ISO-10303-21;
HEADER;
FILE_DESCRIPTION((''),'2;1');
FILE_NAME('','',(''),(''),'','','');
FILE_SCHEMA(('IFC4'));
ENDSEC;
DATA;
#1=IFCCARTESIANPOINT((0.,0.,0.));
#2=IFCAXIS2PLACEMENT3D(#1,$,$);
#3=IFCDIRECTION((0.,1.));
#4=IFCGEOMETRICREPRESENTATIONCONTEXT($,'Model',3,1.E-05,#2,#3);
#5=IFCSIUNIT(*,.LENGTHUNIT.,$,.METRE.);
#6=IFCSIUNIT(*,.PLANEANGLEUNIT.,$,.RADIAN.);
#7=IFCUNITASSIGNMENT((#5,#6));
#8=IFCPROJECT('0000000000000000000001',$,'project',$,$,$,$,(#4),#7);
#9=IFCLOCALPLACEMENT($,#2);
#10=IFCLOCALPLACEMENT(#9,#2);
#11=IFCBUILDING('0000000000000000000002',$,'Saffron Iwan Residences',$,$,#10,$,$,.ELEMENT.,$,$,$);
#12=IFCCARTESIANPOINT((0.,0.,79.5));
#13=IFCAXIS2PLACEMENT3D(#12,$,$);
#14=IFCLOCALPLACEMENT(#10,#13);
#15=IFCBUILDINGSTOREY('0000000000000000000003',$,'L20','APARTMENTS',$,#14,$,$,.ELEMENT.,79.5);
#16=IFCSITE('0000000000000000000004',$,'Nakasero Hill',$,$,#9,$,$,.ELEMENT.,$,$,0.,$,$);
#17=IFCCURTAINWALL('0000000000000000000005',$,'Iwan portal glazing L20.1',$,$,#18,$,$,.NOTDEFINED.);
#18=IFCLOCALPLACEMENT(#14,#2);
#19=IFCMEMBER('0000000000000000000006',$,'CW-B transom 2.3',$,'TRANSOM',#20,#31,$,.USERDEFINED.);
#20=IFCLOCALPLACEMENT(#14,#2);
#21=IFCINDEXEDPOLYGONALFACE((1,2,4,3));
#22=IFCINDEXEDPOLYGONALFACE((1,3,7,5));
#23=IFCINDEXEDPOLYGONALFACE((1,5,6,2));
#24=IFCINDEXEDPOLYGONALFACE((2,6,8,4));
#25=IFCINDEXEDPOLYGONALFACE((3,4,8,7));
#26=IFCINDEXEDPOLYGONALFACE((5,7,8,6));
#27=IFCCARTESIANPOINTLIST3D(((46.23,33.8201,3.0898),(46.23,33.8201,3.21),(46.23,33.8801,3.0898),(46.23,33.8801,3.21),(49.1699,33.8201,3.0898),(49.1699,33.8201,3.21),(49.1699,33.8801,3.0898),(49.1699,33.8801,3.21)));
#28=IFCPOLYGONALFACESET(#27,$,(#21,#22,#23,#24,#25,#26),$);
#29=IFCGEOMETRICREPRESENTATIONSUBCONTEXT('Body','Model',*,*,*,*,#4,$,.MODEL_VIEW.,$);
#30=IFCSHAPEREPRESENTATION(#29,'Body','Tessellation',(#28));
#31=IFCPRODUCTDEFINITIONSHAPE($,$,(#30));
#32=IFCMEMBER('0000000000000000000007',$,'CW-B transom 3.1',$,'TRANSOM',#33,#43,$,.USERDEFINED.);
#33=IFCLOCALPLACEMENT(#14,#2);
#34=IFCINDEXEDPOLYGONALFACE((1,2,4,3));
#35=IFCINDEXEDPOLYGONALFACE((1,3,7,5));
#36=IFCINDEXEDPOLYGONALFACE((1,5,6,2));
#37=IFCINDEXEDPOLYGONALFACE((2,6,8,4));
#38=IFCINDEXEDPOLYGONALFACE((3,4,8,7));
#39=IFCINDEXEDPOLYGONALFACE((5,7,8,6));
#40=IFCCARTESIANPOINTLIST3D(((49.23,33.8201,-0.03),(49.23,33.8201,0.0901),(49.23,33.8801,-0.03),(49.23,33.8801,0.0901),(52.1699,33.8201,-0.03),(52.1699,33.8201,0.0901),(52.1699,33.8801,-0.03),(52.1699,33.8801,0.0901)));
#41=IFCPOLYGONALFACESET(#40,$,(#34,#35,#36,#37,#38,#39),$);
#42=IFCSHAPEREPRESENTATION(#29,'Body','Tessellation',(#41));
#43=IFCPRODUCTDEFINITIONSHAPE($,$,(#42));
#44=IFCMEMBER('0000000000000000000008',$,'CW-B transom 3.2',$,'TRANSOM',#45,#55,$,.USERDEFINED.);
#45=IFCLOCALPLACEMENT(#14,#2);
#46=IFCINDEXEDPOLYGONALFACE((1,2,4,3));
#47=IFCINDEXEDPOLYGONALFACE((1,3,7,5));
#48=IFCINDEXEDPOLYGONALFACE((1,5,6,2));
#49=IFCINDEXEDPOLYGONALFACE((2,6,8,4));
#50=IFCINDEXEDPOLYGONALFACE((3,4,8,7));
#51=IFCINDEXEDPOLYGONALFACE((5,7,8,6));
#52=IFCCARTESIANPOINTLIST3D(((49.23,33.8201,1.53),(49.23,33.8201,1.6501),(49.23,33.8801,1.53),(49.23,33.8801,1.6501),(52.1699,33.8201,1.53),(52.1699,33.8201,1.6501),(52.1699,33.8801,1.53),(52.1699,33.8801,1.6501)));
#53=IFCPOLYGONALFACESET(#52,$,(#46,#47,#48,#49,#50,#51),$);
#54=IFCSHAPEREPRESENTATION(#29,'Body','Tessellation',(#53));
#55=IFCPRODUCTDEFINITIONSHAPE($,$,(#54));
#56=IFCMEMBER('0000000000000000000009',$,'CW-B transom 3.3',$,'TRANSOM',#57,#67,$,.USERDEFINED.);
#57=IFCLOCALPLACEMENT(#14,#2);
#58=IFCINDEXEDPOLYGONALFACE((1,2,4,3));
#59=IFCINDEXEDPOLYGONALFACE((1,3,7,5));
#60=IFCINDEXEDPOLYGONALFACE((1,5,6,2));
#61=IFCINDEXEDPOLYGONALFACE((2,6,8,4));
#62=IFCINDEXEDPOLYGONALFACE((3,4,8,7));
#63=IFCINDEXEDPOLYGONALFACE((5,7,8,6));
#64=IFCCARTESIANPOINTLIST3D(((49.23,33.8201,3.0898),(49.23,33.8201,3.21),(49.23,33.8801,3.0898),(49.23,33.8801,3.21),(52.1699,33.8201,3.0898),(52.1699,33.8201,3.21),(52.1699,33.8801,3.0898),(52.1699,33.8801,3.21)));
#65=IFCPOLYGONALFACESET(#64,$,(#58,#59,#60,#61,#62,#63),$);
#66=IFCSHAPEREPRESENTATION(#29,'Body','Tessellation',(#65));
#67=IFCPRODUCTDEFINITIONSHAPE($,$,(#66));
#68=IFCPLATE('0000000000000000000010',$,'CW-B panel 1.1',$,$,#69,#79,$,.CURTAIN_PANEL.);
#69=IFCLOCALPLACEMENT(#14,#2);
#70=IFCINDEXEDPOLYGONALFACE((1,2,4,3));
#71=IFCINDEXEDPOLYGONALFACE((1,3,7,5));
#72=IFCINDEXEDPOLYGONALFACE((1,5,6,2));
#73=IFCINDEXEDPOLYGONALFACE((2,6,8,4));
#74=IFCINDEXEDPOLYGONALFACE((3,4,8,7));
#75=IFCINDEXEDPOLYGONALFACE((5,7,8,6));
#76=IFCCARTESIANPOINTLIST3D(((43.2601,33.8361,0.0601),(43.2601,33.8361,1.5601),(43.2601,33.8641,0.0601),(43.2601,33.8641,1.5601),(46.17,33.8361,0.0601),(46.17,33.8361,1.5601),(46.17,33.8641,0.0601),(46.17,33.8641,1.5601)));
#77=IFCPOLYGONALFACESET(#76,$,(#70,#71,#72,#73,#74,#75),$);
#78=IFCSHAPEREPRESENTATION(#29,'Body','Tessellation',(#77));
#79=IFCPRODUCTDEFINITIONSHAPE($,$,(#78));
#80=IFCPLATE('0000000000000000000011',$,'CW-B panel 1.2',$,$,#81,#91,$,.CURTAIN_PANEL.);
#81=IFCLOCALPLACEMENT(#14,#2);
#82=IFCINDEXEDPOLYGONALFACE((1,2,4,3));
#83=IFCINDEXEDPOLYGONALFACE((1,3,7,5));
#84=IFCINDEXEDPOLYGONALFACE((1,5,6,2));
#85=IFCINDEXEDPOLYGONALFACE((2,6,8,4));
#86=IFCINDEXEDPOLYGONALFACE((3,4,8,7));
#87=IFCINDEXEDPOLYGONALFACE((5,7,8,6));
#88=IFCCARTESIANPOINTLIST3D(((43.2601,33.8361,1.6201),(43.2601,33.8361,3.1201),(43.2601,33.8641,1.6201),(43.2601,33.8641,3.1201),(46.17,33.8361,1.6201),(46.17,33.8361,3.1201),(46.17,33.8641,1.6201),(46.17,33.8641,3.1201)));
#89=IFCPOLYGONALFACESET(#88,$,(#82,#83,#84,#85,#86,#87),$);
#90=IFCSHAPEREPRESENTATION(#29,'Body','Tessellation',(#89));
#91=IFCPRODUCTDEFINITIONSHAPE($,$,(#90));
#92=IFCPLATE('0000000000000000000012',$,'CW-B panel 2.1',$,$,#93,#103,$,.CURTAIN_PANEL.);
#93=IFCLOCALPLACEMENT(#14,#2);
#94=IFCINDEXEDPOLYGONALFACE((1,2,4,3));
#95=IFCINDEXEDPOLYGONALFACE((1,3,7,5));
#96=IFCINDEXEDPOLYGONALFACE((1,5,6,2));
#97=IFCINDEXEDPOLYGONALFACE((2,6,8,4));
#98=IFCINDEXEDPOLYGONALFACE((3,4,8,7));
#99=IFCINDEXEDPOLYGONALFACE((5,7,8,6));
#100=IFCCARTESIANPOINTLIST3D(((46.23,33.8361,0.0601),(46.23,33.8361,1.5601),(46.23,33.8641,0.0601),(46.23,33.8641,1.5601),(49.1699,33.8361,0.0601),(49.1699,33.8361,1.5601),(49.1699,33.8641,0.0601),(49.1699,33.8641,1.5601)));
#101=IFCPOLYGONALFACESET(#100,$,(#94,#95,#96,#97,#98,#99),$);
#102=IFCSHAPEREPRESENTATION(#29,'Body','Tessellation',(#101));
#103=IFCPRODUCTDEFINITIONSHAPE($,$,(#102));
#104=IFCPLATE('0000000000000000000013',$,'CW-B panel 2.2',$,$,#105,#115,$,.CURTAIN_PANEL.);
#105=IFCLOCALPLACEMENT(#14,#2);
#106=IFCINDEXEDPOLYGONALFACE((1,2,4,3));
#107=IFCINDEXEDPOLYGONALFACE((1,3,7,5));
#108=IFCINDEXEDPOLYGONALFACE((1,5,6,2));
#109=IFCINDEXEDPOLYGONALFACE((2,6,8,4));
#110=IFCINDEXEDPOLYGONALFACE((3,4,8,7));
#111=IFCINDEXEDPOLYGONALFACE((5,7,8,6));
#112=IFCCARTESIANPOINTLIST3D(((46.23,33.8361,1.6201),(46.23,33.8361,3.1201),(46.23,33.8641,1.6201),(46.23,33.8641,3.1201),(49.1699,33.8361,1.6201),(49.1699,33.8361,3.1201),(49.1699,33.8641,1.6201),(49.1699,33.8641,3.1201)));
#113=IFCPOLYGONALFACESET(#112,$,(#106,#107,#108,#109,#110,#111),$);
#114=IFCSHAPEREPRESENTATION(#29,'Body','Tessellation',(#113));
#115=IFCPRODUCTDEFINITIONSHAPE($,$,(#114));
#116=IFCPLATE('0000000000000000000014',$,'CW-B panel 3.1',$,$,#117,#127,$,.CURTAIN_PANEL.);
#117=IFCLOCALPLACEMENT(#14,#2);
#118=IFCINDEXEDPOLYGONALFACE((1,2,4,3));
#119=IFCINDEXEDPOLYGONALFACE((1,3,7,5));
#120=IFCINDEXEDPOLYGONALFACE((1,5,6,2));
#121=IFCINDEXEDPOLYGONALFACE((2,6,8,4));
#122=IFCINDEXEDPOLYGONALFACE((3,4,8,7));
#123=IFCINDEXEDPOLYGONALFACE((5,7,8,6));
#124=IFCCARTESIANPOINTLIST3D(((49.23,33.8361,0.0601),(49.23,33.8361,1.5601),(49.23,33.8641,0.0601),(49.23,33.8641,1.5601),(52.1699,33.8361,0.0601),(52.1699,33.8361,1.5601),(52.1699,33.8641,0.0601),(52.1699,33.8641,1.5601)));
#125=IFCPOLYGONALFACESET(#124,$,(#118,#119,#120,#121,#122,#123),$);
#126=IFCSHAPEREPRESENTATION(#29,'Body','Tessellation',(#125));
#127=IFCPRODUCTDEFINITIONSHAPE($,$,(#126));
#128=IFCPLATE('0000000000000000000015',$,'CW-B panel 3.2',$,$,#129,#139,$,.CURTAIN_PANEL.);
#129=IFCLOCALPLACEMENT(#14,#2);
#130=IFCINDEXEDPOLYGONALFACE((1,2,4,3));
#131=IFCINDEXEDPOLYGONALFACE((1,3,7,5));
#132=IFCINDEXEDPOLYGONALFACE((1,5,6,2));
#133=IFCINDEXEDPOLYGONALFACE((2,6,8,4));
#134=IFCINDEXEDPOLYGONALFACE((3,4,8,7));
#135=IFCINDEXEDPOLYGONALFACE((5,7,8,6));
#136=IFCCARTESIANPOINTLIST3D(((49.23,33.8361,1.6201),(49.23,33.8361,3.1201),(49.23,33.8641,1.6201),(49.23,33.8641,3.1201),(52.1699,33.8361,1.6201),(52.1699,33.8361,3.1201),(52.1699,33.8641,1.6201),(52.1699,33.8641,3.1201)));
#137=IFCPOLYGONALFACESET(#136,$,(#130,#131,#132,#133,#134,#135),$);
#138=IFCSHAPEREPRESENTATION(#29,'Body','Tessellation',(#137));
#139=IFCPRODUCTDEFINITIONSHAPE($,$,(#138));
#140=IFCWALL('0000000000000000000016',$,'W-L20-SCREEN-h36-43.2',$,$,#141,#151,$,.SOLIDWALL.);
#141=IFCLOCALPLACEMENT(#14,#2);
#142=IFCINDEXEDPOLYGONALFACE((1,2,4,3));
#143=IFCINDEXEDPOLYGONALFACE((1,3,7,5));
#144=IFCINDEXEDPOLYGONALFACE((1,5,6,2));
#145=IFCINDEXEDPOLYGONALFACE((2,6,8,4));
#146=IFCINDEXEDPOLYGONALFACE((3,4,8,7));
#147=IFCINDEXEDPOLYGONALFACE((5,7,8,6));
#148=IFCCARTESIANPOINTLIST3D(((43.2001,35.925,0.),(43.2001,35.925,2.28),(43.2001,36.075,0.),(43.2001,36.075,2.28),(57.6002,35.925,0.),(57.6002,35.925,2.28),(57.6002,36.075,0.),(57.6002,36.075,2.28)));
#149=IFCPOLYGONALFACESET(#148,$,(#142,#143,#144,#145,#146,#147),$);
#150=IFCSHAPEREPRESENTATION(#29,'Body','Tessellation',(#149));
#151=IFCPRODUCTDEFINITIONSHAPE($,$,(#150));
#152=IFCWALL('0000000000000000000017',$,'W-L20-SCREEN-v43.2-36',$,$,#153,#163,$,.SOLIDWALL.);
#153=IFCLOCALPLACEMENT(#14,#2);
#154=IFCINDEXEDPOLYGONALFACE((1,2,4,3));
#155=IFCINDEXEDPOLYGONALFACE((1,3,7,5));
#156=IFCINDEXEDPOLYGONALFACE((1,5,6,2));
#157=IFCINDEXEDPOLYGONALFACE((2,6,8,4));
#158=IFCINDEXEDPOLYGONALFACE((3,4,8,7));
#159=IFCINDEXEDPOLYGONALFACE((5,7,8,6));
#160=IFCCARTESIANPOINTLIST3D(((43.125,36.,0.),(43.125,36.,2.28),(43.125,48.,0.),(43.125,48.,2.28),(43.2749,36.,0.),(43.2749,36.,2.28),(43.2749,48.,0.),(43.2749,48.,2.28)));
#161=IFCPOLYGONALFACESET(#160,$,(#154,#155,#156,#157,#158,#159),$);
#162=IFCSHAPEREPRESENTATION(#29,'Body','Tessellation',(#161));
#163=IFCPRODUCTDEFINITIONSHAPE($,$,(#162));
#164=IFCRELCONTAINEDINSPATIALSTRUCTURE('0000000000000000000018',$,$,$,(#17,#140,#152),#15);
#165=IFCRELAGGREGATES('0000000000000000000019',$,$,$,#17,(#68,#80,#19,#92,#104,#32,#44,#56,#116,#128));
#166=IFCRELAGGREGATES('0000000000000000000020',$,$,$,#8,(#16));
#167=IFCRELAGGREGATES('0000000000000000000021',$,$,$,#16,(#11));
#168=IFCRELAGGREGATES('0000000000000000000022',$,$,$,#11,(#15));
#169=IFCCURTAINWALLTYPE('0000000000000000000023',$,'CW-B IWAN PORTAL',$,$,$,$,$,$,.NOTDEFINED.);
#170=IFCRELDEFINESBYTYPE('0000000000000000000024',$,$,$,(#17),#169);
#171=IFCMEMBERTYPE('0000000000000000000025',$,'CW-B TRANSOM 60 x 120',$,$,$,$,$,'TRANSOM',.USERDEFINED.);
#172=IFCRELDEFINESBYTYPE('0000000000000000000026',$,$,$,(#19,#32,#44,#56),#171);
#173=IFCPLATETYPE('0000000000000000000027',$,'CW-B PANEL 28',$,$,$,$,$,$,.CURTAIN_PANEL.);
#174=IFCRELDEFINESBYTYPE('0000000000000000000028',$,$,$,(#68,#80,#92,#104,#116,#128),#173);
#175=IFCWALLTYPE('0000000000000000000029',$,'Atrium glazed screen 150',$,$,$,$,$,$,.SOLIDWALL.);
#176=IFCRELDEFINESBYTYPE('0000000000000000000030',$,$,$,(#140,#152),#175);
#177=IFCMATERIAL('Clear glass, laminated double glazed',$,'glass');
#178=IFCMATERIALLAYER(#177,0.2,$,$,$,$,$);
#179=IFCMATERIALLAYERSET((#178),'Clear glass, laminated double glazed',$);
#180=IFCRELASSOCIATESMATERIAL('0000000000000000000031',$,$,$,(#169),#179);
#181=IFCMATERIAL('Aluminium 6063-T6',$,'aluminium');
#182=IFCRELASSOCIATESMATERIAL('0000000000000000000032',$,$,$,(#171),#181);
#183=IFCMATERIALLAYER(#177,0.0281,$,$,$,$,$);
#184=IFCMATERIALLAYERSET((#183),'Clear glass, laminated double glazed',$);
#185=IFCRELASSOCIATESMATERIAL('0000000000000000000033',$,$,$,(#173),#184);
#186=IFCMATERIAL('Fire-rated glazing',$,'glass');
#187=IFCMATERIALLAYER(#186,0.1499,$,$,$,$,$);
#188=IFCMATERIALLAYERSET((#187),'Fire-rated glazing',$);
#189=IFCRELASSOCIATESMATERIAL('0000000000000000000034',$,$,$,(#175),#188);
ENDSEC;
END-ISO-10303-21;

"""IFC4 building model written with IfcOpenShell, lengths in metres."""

from ifc_helpers import new_model, si_unit, direction, frame, frame_2d, origin, origin_2d, place, context, subcontext, project, spatial, rectangle, extrude, source, transform, mapped, material, layer, layer_set, material_profile, profile_set, type_object, element, aggregate, save


model = new_model("IFC4")

# Units and contexts
model_context = context("Model", 3, precision=1e-05, world=origin(), true_north=direction((0.0, 1.0)))
body_context = subcontext(model_context, "Body", "Model", "MODEL_VIEW")
ifc_project = project(units=[si_unit("LENGTHUNIT", "METRE"), si_unit("PLANEANGLEUNIT", "RADIAN")], contexts=[model_context])

# Site, building, storey
site_placement = place(None, origin())
site = spatial("IfcSite", under=ifc_project, at=site_placement, Name="Nakasero Hill", CompositionType="ELEMENT", RefElevation=0.0)
building_placement = place(site_placement, origin())
building = spatial("IfcBuilding", under=site, at=building_placement, Name="Saffron Iwan Residences", CompositionType="ELEMENT")
storey_placement = place(building_placement, frame((0.0, 0.0, 79.5)))
storey = spatial("IfcBuildingStorey", under=building, at=storey_placement, Name="L20", Description="APARTMENTS", CompositionType="ELEMENT", Elevation=79.5)

# Curtain wall, members, plates
ifc_material_1 = material(Name="Clear glass, laminated double glazed", Category="glass")
ifc_layer_1 = layer(ifc_material_1, 0.2)
ifc_layer_set_1 = layer_set([ifc_layer_1], Name="Clear glass, laminated double glazed")
curtain_wall_type = type_object("IfcCurtainWallType", Name="CW-B IWAN PORTAL", PredefinedType="NOTDEFINED", material=ifc_layer_set_1)
curtain_wall_placement = place(storey_placement, origin())
curtain_wall = element("IfcCurtainWall", 1, at=curtain_wall_placement, inside=storey, type_object=curtain_wall_type, Name="Iwan portal glazing L20.1", PredefinedType="NOTDEFINED")
ifc_material_2 = material(Name="Aluminium 6063-T6", Category="aluminium")
ifc_material_profile_1 = material_profile(ifc_material_2, rectangle(XDim=0.0601, YDim=0.1201, at=origin_2d()), Name="CW-B TRANSOM 60 x 120")
ifc_profile_set_1 = profile_set([ifc_material_profile_1], Name="Aluminium 6063-T6")
member_type_1 = type_object("IfcMemberType", Name="CW-B TRANSOM 60 x 120", ElementType="TRANSOM", PredefinedType="USERDEFINED", material=ifc_profile_set_1)
shared_shape_1 = source(origin(), body_context, "Body", "SweptSolid", [
    extrude(rectangle(XDim=0.0601, YDim=0.1201, at=origin_2d()), origin(), (0.0, 0.0, 1.0), 2.9399),
])
member_1_placement = place(storey_placement, frame((46.23, 33.8501, 3.1499), z_axis=(1.0, 0.0, 0.0), x_axis=(0.0, 1.0, 0.0)))
member_1 = element("IfcMember", 2, at=member_1_placement, type_object=member_type_1, Name="CW-B transom 2.3", ObjectType="TRANSOM", PredefinedType="USERDEFINED", context=body_context, shape_type="MappedRepresentation", body=[
    mapped(shared_shape_1, transform((0.0, 0.0, 0.0))),
])
member_2_placement = place(storey_placement, frame((49.23, 33.8501, 0.03), z_axis=(1.0, 0.0, 0.0), x_axis=(0.0, 1.0, 0.0)))
member_2 = element("IfcMember", 3, at=member_2_placement, type_object=member_type_1, Name="CW-B transom 3.1", ObjectType="TRANSOM", PredefinedType="USERDEFINED", context=body_context, shape_type="MappedRepresentation", body=[
    mapped(shared_shape_1, transform((0.0, 0.0, 0.0))),
])
member_3_placement = place(storey_placement, frame((49.23, 33.8501, 1.5901), z_axis=(1.0, 0.0, 0.0), x_axis=(0.0, 1.0, 0.0)))
member_3 = element("IfcMember", 4, at=member_3_placement, type_object=member_type_1, Name="CW-B transom 3.2", ObjectType="TRANSOM", PredefinedType="USERDEFINED", context=body_context, shape_type="MappedRepresentation", body=[
    mapped(shared_shape_1, transform((0.0, 0.0, 0.0))),
])
member_4_placement = place(storey_placement, frame((49.23, 33.8501, 3.1499), z_axis=(1.0, 0.0, 0.0), x_axis=(0.0, 1.0, 0.0)))
member_4 = element("IfcMember", 5, at=member_4_placement, type_object=member_type_1, Name="CW-B transom 3.3", ObjectType="TRANSOM", PredefinedType="USERDEFINED", context=body_context, shape_type="MappedRepresentation", body=[
    mapped(shared_shape_1, transform((0.0, 0.0, 0.0))),
])
ifc_layer_2 = layer(ifc_material_1, 0.0281)
ifc_layer_set_2 = layer_set([ifc_layer_2], Name="Clear glass, laminated double glazed")
plate_type = type_object("IfcPlateType", Name="CW-B PANEL 28", PredefinedType="CURTAIN_PANEL", material=ifc_layer_set_2)
shared_shape_2 = source(origin(), body_context, "Body", "SweptSolid", [
    extrude(rectangle(XDim=2.9099, YDim=0.0281, at=origin_2d()), origin(), (0.0, 0.0, 1.0), 1.5),
])
plate_1_placement = place(storey_placement, frame((44.7151, 33.8501, 0.0601), z_axis=(0.0, 0.0, 1.0), x_axis=(1.0, 0.0, 0.0)))
plate_1 = element("IfcPlate", 6, at=plate_1_placement, type_object=plate_type, Name="CW-B panel 1.1", PredefinedType="CURTAIN_PANEL", context=body_context, shape_type="MappedRepresentation", body=[
    mapped(shared_shape_2, transform((0.0, 0.0, 0.0))),
])
plate_2_placement = place(storey_placement, frame((44.7151, 33.8501, 1.6201), z_axis=(0.0, 0.0, 1.0), x_axis=(1.0, 0.0, 0.0)))
plate_2 = element("IfcPlate", 7, at=plate_2_placement, type_object=plate_type, Name="CW-B panel 1.2", PredefinedType="CURTAIN_PANEL", context=body_context, shape_type="MappedRepresentation", body=[
    mapped(shared_shape_2, transform((0.0, 0.0, 0.0))),
])
shared_shape_3 = source(origin(), body_context, "Body", "SweptSolid", [
    extrude(rectangle(XDim=2.9399, YDim=0.0281, at=origin_2d()), origin(), (0.0, 0.0, 1.0), 1.5),
])
plate_3_placement = place(storey_placement, frame((47.7, 33.8501, 0.0601), z_axis=(0.0, 0.0, 1.0), x_axis=(1.0, 0.0, 0.0)))
plate_3 = element("IfcPlate", 8, at=plate_3_placement, type_object=plate_type, Name="CW-B panel 2.1", PredefinedType="CURTAIN_PANEL", context=body_context, shape_type="MappedRepresentation", body=[
    mapped(shared_shape_3, transform((0.0, 0.0, 0.0))),
])
plate_4_placement = place(storey_placement, frame((47.7, 33.8501, 1.6201), z_axis=(0.0, 0.0, 1.0), x_axis=(1.0, 0.0, 0.0)))
plate_4 = element("IfcPlate", 9, at=plate_4_placement, type_object=plate_type, Name="CW-B panel 2.2", PredefinedType="CURTAIN_PANEL", context=body_context, shape_type="MappedRepresentation", body=[
    mapped(shared_shape_3, transform((0.0, 0.0, 0.0))),
])
plate_5_placement = place(storey_placement, frame((50.7, 33.8501, 0.0601), z_axis=(0.0, 0.0, 1.0), x_axis=(1.0, 0.0, 0.0)))
plate_5 = element("IfcPlate", 10, at=plate_5_placement, type_object=plate_type, Name="CW-B panel 3.1", PredefinedType="CURTAIN_PANEL", context=body_context, shape_type="MappedRepresentation", body=[
    mapped(shared_shape_3, transform((0.0, 0.0, 0.0))),
])
plate_6_placement = place(storey_placement, frame((50.7, 33.8501, 1.6201), z_axis=(0.0, 0.0, 1.0), x_axis=(1.0, 0.0, 0.0)))
plate_6 = element("IfcPlate", 11, at=plate_6_placement, type_object=plate_type, Name="CW-B panel 3.2", PredefinedType="CURTAIN_PANEL", context=body_context, shape_type="MappedRepresentation", body=[
    mapped(shared_shape_3, transform((0.0, 0.0, 0.0))),
])
aggregate(curtain_wall, [plate_1, plate_2, member_1, plate_3, plate_4, member_2, member_3, member_4, plate_5, plate_6])

# Walls
ifc_material_3 = material(Name="Fire-rated glazing", Category="glass")
ifc_layer_3 = layer(ifc_material_3, 0.1499)
ifc_layer_set_3 = layer_set([ifc_layer_3], Name="Fire-rated glazing")
wall_type = type_object("IfcWallType", Name="Atrium glazed screen 150", PredefinedType="SOLIDWALL", material=ifc_layer_set_3)
wall_1_placement = place(storey_placement, frame((43.2, 36.0, 0.0), z_axis=(0.0, 0.0, 1.0), x_axis=(1.0, 0.0, 0.0)))
element("IfcWall", 12, at=wall_1_placement, inside=storey, type_object=wall_type, Name="W-L20-SCREEN-h36-43.2", PredefinedType="SOLIDWALL", context=body_context, shape_type="SweptSolid", body=[
    extrude(rectangle(XDim=14.4001, YDim=0.1499, at=frame_2d((7.2002, 0.0))), origin(), (0.0, 0.0, 1.0), 2.28),
])
wall_2_placement = place(storey_placement, frame((43.2, 36.0, 0.0), z_axis=(0.0, 0.0, 1.0), x_axis=(0.0, 1.0, 0.0)))
element("IfcWall", 13, at=wall_2_placement, inside=storey, type_object=wall_type, Name="W-L20-SCREEN-v43.2-36", PredefinedType="SOLIDWALL", context=body_context, shape_type="SweptSolid", body=[
    extrude(rectangle(XDim=12.0, YDim=0.1499, at=frame_2d((6.0, 0.0))), origin(), (0.0, 0.0, 1.0), 2.28),
])

save(model, "model.ifc")
